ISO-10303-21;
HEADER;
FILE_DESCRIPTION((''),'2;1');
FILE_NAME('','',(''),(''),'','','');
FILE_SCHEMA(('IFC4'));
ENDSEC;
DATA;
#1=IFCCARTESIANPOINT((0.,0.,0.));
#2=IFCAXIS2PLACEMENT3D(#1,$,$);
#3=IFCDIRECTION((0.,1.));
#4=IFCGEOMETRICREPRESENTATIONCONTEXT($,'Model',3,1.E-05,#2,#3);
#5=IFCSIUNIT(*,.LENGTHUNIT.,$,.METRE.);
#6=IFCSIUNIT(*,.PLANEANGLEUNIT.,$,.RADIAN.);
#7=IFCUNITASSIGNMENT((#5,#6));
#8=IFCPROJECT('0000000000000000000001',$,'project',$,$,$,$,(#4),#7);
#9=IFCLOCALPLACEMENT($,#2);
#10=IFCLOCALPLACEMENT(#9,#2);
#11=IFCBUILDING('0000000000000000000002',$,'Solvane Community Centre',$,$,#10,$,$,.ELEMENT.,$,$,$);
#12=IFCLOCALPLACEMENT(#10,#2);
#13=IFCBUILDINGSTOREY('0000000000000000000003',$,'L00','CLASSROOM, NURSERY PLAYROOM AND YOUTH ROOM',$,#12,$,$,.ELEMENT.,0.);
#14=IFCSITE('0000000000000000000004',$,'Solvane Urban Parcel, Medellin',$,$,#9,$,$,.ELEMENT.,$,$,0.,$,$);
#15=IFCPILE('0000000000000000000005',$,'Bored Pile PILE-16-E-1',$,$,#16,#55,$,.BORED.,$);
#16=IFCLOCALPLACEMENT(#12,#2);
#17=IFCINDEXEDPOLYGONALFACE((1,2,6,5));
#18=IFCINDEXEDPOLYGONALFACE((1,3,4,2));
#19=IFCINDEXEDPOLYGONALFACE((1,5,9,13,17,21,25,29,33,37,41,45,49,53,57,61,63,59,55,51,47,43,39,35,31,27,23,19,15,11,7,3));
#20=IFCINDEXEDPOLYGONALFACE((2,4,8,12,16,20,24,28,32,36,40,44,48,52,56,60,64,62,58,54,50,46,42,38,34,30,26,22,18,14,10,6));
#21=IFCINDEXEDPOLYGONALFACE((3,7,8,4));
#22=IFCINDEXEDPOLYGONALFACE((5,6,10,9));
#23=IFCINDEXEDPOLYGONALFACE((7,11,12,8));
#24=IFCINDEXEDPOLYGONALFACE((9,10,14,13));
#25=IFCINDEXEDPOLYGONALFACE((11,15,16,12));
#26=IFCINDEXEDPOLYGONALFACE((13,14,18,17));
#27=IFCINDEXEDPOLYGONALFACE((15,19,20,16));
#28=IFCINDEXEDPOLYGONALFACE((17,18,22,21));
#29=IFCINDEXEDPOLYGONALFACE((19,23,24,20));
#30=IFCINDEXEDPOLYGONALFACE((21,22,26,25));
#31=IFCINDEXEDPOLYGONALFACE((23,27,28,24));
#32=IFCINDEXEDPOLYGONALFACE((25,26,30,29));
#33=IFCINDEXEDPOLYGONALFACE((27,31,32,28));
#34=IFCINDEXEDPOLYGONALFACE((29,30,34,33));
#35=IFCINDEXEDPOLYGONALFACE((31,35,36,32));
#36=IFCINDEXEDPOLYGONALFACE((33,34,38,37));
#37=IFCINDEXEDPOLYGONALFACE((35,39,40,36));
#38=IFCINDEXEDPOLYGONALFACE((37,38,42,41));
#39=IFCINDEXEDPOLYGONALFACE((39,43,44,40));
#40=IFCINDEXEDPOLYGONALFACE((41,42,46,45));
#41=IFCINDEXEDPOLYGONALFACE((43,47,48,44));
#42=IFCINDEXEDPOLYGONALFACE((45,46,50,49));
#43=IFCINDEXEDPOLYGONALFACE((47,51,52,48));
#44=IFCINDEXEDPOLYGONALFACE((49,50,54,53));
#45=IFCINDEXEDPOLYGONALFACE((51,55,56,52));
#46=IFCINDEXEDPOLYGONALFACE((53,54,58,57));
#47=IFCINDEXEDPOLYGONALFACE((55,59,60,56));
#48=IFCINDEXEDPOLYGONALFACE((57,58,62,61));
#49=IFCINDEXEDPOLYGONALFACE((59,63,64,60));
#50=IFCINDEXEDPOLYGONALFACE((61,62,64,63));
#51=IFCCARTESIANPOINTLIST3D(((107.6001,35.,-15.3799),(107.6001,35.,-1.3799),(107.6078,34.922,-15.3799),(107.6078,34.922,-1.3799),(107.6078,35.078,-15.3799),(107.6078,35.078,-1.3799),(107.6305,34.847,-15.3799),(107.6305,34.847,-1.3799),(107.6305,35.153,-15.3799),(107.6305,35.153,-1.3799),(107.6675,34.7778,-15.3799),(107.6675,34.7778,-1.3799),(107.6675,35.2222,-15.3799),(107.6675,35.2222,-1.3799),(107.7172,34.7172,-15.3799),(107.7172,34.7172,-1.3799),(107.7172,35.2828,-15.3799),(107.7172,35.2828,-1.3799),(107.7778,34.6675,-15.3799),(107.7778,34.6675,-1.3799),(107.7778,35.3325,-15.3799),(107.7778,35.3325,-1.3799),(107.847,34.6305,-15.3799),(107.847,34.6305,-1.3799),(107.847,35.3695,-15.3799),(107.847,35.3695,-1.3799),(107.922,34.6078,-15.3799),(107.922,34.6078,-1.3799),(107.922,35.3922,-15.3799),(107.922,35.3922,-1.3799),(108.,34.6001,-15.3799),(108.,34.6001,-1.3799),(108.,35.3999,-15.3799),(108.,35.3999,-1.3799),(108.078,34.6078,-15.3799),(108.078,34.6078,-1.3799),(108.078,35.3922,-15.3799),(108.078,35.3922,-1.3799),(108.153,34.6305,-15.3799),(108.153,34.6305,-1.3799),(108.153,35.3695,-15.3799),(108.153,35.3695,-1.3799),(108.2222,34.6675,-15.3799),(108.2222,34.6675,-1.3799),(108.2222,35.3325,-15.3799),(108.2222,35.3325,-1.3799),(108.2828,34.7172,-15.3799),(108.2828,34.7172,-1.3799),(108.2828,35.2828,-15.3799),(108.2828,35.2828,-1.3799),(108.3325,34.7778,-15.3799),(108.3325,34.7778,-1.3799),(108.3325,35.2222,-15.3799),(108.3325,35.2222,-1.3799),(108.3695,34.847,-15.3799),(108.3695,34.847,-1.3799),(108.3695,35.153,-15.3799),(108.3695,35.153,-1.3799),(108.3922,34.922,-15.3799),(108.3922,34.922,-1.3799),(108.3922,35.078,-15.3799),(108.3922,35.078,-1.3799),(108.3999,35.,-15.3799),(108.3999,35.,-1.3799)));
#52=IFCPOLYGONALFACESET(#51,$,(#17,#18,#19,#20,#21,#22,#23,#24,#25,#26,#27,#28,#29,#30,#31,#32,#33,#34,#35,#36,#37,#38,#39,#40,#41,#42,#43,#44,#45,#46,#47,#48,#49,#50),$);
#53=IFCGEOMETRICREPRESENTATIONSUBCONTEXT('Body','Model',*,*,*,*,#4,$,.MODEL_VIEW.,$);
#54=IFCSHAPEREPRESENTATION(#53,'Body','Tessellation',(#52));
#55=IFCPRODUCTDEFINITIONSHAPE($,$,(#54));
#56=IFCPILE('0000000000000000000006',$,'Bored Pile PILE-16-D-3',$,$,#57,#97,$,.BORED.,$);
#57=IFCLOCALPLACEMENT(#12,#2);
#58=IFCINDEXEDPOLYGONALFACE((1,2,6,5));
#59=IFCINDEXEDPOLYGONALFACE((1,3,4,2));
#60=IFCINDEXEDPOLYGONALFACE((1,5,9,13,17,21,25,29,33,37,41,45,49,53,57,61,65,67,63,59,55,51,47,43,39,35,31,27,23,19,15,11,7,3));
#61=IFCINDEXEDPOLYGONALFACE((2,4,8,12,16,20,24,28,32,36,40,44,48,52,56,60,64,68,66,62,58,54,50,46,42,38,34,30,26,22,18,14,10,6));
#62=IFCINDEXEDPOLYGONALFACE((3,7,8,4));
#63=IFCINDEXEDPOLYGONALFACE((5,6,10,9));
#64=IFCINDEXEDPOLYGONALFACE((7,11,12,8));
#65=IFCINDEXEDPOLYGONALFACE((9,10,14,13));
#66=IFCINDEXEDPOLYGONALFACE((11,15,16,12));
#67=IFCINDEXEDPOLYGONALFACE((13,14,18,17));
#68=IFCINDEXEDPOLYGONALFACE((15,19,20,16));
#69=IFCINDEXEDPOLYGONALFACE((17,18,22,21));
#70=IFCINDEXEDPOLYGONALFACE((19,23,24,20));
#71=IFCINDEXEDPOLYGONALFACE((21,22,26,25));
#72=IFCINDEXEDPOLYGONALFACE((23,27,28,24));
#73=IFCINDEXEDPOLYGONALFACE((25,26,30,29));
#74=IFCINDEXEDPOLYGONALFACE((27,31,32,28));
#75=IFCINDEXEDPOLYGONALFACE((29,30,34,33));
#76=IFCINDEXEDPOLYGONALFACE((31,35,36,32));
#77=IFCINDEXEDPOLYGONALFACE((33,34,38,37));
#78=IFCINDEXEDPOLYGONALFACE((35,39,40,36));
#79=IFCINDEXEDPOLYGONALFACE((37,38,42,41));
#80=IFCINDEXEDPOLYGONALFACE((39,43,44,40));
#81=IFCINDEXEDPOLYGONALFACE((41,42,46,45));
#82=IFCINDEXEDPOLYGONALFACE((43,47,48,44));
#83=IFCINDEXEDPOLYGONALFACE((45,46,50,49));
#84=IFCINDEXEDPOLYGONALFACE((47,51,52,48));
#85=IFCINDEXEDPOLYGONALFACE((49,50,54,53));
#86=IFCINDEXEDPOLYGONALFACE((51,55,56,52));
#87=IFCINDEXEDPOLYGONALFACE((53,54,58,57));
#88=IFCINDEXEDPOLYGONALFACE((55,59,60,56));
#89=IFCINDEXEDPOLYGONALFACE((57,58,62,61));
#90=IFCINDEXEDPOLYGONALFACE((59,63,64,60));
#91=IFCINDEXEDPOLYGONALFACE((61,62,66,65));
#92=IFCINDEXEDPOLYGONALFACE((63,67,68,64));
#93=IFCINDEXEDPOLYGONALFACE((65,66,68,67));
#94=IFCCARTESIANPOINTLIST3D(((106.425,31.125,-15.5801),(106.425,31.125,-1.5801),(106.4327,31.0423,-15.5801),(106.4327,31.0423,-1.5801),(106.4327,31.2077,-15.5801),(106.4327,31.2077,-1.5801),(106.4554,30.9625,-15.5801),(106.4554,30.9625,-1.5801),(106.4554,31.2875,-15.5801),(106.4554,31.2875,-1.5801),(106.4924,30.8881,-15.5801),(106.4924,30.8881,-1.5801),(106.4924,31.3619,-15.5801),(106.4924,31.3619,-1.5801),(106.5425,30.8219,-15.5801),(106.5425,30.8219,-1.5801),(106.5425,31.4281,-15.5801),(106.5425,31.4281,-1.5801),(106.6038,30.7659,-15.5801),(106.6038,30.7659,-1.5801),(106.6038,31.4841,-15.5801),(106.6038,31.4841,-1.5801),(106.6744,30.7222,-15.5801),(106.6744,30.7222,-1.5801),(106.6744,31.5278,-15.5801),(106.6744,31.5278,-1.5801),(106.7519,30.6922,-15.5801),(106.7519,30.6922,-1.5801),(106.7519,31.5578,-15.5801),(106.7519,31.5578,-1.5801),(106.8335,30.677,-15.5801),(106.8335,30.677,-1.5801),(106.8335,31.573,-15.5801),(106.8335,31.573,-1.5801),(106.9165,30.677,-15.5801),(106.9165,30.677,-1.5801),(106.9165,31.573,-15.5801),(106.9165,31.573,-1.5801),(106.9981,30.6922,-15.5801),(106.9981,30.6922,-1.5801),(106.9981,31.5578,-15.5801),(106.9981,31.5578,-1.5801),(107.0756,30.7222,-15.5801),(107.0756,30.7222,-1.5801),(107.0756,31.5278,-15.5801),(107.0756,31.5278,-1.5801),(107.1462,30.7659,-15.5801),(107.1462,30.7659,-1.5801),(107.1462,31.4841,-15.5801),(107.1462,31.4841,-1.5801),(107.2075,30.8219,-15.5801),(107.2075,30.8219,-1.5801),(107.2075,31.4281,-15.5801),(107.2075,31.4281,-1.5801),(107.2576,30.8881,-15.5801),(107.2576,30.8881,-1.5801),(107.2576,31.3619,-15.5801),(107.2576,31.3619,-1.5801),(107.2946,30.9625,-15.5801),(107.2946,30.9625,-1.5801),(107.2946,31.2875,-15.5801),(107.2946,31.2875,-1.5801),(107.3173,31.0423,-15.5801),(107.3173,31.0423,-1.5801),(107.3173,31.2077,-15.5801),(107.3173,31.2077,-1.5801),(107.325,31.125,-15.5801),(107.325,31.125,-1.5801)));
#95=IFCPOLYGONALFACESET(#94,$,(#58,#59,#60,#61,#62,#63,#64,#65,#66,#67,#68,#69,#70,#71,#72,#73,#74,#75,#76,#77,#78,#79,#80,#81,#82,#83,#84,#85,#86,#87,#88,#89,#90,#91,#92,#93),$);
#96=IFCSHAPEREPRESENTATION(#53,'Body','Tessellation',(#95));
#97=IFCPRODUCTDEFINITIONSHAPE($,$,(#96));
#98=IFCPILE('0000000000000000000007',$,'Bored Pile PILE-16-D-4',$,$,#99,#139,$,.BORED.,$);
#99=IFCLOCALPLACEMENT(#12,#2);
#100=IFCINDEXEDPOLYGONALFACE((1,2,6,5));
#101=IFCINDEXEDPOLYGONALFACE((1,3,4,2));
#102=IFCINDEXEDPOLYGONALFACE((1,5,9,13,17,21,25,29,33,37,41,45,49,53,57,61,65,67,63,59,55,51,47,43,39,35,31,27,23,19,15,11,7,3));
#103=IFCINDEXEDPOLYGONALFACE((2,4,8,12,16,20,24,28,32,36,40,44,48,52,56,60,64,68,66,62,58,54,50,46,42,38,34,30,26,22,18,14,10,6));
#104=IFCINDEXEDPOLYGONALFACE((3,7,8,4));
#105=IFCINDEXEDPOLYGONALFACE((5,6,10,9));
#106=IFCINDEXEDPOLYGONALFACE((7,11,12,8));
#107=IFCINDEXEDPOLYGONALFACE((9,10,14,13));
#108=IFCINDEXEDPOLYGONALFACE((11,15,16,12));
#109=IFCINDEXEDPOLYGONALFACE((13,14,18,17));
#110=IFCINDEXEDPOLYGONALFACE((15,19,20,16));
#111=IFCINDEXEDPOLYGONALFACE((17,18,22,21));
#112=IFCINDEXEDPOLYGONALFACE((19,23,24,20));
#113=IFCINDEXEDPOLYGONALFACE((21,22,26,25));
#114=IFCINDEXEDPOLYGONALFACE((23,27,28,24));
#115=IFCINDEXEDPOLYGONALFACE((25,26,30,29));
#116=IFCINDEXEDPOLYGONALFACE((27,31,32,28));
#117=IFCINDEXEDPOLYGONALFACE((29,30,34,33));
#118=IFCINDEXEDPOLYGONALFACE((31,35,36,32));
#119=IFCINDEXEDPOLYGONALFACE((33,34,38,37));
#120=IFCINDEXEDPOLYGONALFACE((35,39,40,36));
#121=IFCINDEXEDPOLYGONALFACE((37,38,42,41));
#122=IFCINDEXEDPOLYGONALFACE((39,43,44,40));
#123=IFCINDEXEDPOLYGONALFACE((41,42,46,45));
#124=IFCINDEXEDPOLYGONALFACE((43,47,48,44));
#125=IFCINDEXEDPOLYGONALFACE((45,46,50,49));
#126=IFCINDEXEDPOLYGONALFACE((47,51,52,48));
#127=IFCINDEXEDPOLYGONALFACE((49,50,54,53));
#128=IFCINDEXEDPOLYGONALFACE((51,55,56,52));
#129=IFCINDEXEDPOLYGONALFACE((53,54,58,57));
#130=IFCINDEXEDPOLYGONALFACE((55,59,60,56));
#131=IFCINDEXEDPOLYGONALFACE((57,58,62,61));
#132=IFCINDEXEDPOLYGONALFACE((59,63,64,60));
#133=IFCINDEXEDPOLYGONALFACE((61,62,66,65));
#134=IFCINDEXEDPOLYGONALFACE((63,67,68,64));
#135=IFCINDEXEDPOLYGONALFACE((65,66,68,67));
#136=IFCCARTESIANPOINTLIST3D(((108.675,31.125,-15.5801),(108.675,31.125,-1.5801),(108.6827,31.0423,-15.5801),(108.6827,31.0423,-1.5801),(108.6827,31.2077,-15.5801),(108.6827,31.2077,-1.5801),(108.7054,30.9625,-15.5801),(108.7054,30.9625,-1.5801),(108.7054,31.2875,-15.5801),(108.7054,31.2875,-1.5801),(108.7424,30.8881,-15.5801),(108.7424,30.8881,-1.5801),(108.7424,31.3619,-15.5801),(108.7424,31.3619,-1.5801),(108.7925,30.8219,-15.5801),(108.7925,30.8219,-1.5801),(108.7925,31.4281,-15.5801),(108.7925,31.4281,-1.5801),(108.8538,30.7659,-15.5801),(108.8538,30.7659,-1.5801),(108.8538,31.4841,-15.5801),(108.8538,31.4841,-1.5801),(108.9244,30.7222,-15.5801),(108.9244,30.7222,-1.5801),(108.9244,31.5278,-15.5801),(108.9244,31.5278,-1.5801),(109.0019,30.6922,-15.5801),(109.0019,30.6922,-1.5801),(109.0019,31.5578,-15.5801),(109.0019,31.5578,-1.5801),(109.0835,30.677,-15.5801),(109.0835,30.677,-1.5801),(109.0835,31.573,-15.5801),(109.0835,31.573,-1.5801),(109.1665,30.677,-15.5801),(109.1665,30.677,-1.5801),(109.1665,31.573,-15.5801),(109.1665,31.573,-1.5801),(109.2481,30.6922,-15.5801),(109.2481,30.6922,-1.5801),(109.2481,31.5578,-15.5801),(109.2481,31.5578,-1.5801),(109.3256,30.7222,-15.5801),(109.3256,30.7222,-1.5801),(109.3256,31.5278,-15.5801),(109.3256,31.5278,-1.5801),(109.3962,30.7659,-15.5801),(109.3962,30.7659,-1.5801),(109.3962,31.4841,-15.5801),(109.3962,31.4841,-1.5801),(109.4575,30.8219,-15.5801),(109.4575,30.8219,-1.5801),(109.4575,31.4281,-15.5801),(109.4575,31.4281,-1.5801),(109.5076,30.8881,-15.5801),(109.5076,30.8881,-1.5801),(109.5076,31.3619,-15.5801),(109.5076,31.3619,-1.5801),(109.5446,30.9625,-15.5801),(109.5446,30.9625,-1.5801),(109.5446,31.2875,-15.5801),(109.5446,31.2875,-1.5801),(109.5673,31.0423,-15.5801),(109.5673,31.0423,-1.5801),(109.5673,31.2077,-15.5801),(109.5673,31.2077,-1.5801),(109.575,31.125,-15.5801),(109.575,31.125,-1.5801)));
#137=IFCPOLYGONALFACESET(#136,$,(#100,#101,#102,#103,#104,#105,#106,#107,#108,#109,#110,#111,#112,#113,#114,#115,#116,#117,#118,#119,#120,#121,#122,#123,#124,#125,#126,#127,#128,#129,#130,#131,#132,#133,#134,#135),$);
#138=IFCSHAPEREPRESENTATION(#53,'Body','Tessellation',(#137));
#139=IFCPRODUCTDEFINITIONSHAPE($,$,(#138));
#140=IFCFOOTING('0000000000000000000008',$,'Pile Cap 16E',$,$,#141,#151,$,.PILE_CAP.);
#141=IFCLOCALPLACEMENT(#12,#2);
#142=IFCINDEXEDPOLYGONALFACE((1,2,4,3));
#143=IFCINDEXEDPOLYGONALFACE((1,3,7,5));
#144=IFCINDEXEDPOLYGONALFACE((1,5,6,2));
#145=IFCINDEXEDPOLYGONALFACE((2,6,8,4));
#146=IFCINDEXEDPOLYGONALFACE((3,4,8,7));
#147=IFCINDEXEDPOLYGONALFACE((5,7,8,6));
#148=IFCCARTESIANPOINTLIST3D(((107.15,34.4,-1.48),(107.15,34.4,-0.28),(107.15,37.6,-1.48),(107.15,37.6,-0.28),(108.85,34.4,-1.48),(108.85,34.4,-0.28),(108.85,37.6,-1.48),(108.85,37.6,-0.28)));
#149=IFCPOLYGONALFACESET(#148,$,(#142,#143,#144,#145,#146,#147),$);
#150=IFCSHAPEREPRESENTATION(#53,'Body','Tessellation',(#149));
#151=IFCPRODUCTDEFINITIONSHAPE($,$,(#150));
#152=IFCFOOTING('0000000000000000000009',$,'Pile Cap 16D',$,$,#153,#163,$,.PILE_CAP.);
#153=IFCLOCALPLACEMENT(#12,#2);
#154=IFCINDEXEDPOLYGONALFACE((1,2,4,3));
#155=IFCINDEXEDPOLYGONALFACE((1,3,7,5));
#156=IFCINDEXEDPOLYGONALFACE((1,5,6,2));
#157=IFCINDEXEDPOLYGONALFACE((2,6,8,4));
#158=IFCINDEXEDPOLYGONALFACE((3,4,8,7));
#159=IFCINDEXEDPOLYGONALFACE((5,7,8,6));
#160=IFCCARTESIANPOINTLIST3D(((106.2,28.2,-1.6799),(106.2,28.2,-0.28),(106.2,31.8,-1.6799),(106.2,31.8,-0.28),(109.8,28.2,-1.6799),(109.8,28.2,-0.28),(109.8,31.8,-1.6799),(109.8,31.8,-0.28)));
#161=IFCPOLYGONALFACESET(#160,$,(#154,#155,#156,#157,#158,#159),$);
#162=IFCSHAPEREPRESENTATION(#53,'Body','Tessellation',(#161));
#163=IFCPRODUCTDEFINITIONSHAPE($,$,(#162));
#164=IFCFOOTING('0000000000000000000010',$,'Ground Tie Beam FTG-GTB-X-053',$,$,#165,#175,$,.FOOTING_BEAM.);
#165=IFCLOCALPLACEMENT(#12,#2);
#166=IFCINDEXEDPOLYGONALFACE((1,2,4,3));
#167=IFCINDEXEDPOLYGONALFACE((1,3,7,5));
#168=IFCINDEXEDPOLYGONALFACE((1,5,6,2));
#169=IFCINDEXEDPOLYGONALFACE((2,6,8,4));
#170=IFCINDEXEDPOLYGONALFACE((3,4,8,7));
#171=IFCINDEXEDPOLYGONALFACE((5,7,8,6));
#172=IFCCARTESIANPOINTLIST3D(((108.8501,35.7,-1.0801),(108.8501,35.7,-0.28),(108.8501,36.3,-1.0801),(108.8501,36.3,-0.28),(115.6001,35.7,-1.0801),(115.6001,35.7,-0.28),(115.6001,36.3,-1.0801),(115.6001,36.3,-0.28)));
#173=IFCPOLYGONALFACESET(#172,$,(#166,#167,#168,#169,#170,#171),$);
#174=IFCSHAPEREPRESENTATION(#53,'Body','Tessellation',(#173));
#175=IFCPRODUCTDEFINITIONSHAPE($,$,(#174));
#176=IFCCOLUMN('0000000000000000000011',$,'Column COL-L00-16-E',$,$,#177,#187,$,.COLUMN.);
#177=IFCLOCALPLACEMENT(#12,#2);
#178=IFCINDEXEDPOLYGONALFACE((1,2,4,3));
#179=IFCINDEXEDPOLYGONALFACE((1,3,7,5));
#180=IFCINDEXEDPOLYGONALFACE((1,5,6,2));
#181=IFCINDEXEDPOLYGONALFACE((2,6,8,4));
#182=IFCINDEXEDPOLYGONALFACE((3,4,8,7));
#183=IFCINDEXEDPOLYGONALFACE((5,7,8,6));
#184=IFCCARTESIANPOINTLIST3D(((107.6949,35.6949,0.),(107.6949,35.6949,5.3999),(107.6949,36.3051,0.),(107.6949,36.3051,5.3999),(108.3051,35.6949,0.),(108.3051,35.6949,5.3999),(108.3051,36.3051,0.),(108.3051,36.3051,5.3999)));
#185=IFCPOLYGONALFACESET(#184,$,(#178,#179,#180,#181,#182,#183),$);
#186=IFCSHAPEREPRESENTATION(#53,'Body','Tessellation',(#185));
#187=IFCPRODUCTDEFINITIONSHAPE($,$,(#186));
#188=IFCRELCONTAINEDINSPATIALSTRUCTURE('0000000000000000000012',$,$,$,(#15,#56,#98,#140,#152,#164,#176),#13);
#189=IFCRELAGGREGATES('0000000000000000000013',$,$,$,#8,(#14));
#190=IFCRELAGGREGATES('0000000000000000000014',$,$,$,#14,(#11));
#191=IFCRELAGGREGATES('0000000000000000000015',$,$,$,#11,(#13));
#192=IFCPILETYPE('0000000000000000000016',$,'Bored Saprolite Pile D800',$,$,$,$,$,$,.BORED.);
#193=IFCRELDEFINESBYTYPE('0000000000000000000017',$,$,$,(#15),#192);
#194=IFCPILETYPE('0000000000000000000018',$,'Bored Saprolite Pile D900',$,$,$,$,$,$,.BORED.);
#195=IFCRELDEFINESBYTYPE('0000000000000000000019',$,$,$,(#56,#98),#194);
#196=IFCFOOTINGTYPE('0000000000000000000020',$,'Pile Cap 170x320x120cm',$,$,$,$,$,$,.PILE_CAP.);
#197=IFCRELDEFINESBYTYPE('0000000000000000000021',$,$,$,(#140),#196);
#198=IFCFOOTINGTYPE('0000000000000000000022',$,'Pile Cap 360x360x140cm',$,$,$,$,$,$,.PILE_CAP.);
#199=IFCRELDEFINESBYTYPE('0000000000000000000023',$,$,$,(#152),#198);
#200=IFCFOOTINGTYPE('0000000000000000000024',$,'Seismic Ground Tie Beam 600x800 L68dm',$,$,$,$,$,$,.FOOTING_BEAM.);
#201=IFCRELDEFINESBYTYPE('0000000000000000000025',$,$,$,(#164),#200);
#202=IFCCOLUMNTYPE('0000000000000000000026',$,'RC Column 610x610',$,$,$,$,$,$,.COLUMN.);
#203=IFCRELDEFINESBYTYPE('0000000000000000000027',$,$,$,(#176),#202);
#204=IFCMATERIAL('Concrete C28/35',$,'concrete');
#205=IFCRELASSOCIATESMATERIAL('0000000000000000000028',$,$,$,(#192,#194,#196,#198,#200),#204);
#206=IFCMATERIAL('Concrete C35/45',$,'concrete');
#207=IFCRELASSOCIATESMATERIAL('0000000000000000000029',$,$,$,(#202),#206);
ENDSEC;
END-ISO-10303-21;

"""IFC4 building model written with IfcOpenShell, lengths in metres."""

from ifc_helpers import new_model, si_unit, direction, frame, origin, origin_2d, place, context, subcontext, project, spatial, rectangle, circle, extrude, material, material_profile, profile_set, type_object, element, save


model = new_model("IFC4")

# Units and contexts
model_context = context("Model", 3, precision=1e-05, world=origin(), true_north=direction((0.0, 1.0)))
body_context = subcontext(model_context, "Body", "Model", "MODEL_VIEW")
ifc_project = project(units=[si_unit("LENGTHUNIT", "METRE"), si_unit("PLANEANGLEUNIT", "RADIAN")], contexts=[model_context])

# Site, building, storey
site_placement = place(None, origin())
site = spatial("IfcSite", under=ifc_project, at=site_placement, Name="Solvane Urban Parcel, Medellin", CompositionType="ELEMENT", RefElevation=0.0)
building_placement = place(site_placement, origin())
building = spatial("IfcBuilding", under=site, at=building_placement, Name="Solvane Community Centre", CompositionType="ELEMENT")
storey_placement = place(building_placement, origin())
storey = spatial("IfcBuildingStorey", under=building, at=storey_placement, Name="L00", Description="CLASSROOM, NURSERY PLAYROOM AND YOUTH ROOM", CompositionType="ELEMENT", Elevation=0.0)

# Piles
ifc_material_1 = material(Name="Concrete C28/35", Category="concrete")
ifc_material_profile_1 = material_profile(ifc_material_1, circle(Radius=0.3999, at=origin_2d()), Name="PILE D800")
ifc_profile_set_1 = profile_set([ifc_material_profile_1], Name="Concrete C28/35")
pile_type_1 = type_object("IfcPileType", Name="Bored Saprolite Pile D800", PredefinedType="BORED", material=ifc_profile_set_1)
pile_placement = place(storey_placement, frame((108.0, 35.0, -1.3799), z_axis=(0.0, 0.0, -1.0), x_axis=(1.0, 0.0, 0.0)))
element("IfcPile", 1, at=pile_placement, inside=storey, type_object=pile_type_1, Name="Bored Pile PILE-16-E-1", PredefinedType="BORED", context=body_context, shape_type="SweptSolid", body=[
    extrude(circle(Radius=0.3999, at=origin_2d()), origin(), (0.0, 0.0, 1.0), 14.0),
])
ifc_material_profile_2 = material_profile(ifc_material_1, circle(Radius=0.45, at=origin_2d()), Name="PILE D900")
ifc_profile_set_2 = profile_set([ifc_material_profile_2], Name="Concrete C28/35")
pile_type_2 = type_object("IfcPileType", Name="Bored Saprolite Pile D900", PredefinedType="BORED", material=ifc_profile_set_2)
for number, where, z_axis, x_axis, name in (
    (2, (106.875, 31.125, -1.5801), (0.0, 0.0, -1.0), (1.0, 0.0, 0.0), "Bored Pile PILE-16-D-3"),
    (3, (109.125, 31.125, -1.5801), (0.0, 0.0, -1.0), (1.0, 0.0, 0.0), "Bored Pile PILE-16-D-4"),
):
    element("IfcPile", number, at=place(storey_placement, frame(where, z_axis=z_axis, x_axis=x_axis)), inside=storey, type_object=pile_type_2, Name=name, PredefinedType="BORED", context=body_context, shape_type="SweptSolid", body=[
        extrude(circle(Radius=0.45, at=origin_2d()), origin(), (0.0, 0.0, 1.0), 14.0),
    ])

# Footings
footing_type_1 = type_object("IfcFootingType", Name="Pile Cap 170x320x120cm", PredefinedType="PILE_CAP", material=ifc_material_1)
footing_1_placement = place(storey_placement, frame((108.0, 36.0, -1.48), z_axis=(0.0, 0.0, 1.0), x_axis=(1.0, 0.0, 0.0)))
element("IfcFooting", 4, at=footing_1_placement, inside=storey, type_object=footing_type_1, Name="Pile Cap 16E", PredefinedType="PILE_CAP", context=body_context, shape_type="SweptSolid", body=[
    extrude(rectangle(XDim=1.7, YDim=3.2, at=origin_2d()), origin(), (0.0, 0.0, 1.0), 1.2),
])
footing_type_2 = type_object("IfcFootingType", Name="Pile Cap 360x360x140cm", PredefinedType="PILE_CAP", material=ifc_material_1)
footing_2_placement = place(storey_placement, frame((108.0, 30.0, -1.6799), z_axis=(0.0, 0.0, 1.0), x_axis=(1.0, 0.0, 0.0)))
element("IfcFooting", 5, at=footing_2_placement, inside=storey, type_object=footing_type_2, Name="Pile Cap 16D", PredefinedType="PILE_CAP", context=body_context, shape_type="SweptSolid", body=[
    extrude(rectangle(XDim=3.6001, YDim=3.6001, at=origin_2d()), origin(), (0.0, 0.0, 1.0), 1.3999),
])
footing_type_3 = type_object("IfcFootingType", Name="Seismic Ground Tie Beam 600x800 L68dm", PredefinedType="FOOTING_BEAM", material=ifc_material_1)
footing_3_placement = place(storey_placement, frame((112.2251, 36.0, -1.0801), z_axis=(0.0, 0.0, 1.0), x_axis=(1.0, 0.0, 0.0)))
element("IfcFooting", 6, at=footing_3_placement, inside=storey, type_object=footing_type_3, Name="Ground Tie Beam FTG-GTB-X-053", PredefinedType="FOOTING_BEAM", context=body_context, shape_type="SweptSolid", body=[
    extrude(rectangle(XDim=6.75, YDim=0.6001, at=origin_2d()), origin(), (0.0, 0.0, 1.0), 0.8),
])

# Column
ifc_material_2 = material(Name="Concrete C35/45", Category="concrete")
ifc_material_profile_3 = material_profile(ifc_material_2, rectangle(XDim=0.6101, YDim=0.6101, at=origin_2d()), Name="RC 610x610")
ifc_profile_set_3 = profile_set([ifc_material_profile_3], Name="Concrete C35/45")
column_type_1 = type_object("IfcColumnType", Name="RC Column 610x610", PredefinedType="COLUMN", material=ifc_profile_set_3)
column_1_placement = place(storey_placement, frame((108.0, 36.0, 0.0), z_axis=(0.0, 0.0, 1.0), x_axis=(1.0, 0.0, 0.0)))
element("IfcColumn", 7, at=column_1_placement, inside=storey, type_object=column_type_1, Name="Column COL-L00-16-E", PredefinedType="COLUMN", context=body_context, shape_type="SweptSolid", body=[
    extrude(rectangle(XDim=0.6101, YDim=0.6101, at=origin_2d()), origin(), (0.0, 0.0, 1.0), 5.3999),
])

save(model, "model.ifc")
